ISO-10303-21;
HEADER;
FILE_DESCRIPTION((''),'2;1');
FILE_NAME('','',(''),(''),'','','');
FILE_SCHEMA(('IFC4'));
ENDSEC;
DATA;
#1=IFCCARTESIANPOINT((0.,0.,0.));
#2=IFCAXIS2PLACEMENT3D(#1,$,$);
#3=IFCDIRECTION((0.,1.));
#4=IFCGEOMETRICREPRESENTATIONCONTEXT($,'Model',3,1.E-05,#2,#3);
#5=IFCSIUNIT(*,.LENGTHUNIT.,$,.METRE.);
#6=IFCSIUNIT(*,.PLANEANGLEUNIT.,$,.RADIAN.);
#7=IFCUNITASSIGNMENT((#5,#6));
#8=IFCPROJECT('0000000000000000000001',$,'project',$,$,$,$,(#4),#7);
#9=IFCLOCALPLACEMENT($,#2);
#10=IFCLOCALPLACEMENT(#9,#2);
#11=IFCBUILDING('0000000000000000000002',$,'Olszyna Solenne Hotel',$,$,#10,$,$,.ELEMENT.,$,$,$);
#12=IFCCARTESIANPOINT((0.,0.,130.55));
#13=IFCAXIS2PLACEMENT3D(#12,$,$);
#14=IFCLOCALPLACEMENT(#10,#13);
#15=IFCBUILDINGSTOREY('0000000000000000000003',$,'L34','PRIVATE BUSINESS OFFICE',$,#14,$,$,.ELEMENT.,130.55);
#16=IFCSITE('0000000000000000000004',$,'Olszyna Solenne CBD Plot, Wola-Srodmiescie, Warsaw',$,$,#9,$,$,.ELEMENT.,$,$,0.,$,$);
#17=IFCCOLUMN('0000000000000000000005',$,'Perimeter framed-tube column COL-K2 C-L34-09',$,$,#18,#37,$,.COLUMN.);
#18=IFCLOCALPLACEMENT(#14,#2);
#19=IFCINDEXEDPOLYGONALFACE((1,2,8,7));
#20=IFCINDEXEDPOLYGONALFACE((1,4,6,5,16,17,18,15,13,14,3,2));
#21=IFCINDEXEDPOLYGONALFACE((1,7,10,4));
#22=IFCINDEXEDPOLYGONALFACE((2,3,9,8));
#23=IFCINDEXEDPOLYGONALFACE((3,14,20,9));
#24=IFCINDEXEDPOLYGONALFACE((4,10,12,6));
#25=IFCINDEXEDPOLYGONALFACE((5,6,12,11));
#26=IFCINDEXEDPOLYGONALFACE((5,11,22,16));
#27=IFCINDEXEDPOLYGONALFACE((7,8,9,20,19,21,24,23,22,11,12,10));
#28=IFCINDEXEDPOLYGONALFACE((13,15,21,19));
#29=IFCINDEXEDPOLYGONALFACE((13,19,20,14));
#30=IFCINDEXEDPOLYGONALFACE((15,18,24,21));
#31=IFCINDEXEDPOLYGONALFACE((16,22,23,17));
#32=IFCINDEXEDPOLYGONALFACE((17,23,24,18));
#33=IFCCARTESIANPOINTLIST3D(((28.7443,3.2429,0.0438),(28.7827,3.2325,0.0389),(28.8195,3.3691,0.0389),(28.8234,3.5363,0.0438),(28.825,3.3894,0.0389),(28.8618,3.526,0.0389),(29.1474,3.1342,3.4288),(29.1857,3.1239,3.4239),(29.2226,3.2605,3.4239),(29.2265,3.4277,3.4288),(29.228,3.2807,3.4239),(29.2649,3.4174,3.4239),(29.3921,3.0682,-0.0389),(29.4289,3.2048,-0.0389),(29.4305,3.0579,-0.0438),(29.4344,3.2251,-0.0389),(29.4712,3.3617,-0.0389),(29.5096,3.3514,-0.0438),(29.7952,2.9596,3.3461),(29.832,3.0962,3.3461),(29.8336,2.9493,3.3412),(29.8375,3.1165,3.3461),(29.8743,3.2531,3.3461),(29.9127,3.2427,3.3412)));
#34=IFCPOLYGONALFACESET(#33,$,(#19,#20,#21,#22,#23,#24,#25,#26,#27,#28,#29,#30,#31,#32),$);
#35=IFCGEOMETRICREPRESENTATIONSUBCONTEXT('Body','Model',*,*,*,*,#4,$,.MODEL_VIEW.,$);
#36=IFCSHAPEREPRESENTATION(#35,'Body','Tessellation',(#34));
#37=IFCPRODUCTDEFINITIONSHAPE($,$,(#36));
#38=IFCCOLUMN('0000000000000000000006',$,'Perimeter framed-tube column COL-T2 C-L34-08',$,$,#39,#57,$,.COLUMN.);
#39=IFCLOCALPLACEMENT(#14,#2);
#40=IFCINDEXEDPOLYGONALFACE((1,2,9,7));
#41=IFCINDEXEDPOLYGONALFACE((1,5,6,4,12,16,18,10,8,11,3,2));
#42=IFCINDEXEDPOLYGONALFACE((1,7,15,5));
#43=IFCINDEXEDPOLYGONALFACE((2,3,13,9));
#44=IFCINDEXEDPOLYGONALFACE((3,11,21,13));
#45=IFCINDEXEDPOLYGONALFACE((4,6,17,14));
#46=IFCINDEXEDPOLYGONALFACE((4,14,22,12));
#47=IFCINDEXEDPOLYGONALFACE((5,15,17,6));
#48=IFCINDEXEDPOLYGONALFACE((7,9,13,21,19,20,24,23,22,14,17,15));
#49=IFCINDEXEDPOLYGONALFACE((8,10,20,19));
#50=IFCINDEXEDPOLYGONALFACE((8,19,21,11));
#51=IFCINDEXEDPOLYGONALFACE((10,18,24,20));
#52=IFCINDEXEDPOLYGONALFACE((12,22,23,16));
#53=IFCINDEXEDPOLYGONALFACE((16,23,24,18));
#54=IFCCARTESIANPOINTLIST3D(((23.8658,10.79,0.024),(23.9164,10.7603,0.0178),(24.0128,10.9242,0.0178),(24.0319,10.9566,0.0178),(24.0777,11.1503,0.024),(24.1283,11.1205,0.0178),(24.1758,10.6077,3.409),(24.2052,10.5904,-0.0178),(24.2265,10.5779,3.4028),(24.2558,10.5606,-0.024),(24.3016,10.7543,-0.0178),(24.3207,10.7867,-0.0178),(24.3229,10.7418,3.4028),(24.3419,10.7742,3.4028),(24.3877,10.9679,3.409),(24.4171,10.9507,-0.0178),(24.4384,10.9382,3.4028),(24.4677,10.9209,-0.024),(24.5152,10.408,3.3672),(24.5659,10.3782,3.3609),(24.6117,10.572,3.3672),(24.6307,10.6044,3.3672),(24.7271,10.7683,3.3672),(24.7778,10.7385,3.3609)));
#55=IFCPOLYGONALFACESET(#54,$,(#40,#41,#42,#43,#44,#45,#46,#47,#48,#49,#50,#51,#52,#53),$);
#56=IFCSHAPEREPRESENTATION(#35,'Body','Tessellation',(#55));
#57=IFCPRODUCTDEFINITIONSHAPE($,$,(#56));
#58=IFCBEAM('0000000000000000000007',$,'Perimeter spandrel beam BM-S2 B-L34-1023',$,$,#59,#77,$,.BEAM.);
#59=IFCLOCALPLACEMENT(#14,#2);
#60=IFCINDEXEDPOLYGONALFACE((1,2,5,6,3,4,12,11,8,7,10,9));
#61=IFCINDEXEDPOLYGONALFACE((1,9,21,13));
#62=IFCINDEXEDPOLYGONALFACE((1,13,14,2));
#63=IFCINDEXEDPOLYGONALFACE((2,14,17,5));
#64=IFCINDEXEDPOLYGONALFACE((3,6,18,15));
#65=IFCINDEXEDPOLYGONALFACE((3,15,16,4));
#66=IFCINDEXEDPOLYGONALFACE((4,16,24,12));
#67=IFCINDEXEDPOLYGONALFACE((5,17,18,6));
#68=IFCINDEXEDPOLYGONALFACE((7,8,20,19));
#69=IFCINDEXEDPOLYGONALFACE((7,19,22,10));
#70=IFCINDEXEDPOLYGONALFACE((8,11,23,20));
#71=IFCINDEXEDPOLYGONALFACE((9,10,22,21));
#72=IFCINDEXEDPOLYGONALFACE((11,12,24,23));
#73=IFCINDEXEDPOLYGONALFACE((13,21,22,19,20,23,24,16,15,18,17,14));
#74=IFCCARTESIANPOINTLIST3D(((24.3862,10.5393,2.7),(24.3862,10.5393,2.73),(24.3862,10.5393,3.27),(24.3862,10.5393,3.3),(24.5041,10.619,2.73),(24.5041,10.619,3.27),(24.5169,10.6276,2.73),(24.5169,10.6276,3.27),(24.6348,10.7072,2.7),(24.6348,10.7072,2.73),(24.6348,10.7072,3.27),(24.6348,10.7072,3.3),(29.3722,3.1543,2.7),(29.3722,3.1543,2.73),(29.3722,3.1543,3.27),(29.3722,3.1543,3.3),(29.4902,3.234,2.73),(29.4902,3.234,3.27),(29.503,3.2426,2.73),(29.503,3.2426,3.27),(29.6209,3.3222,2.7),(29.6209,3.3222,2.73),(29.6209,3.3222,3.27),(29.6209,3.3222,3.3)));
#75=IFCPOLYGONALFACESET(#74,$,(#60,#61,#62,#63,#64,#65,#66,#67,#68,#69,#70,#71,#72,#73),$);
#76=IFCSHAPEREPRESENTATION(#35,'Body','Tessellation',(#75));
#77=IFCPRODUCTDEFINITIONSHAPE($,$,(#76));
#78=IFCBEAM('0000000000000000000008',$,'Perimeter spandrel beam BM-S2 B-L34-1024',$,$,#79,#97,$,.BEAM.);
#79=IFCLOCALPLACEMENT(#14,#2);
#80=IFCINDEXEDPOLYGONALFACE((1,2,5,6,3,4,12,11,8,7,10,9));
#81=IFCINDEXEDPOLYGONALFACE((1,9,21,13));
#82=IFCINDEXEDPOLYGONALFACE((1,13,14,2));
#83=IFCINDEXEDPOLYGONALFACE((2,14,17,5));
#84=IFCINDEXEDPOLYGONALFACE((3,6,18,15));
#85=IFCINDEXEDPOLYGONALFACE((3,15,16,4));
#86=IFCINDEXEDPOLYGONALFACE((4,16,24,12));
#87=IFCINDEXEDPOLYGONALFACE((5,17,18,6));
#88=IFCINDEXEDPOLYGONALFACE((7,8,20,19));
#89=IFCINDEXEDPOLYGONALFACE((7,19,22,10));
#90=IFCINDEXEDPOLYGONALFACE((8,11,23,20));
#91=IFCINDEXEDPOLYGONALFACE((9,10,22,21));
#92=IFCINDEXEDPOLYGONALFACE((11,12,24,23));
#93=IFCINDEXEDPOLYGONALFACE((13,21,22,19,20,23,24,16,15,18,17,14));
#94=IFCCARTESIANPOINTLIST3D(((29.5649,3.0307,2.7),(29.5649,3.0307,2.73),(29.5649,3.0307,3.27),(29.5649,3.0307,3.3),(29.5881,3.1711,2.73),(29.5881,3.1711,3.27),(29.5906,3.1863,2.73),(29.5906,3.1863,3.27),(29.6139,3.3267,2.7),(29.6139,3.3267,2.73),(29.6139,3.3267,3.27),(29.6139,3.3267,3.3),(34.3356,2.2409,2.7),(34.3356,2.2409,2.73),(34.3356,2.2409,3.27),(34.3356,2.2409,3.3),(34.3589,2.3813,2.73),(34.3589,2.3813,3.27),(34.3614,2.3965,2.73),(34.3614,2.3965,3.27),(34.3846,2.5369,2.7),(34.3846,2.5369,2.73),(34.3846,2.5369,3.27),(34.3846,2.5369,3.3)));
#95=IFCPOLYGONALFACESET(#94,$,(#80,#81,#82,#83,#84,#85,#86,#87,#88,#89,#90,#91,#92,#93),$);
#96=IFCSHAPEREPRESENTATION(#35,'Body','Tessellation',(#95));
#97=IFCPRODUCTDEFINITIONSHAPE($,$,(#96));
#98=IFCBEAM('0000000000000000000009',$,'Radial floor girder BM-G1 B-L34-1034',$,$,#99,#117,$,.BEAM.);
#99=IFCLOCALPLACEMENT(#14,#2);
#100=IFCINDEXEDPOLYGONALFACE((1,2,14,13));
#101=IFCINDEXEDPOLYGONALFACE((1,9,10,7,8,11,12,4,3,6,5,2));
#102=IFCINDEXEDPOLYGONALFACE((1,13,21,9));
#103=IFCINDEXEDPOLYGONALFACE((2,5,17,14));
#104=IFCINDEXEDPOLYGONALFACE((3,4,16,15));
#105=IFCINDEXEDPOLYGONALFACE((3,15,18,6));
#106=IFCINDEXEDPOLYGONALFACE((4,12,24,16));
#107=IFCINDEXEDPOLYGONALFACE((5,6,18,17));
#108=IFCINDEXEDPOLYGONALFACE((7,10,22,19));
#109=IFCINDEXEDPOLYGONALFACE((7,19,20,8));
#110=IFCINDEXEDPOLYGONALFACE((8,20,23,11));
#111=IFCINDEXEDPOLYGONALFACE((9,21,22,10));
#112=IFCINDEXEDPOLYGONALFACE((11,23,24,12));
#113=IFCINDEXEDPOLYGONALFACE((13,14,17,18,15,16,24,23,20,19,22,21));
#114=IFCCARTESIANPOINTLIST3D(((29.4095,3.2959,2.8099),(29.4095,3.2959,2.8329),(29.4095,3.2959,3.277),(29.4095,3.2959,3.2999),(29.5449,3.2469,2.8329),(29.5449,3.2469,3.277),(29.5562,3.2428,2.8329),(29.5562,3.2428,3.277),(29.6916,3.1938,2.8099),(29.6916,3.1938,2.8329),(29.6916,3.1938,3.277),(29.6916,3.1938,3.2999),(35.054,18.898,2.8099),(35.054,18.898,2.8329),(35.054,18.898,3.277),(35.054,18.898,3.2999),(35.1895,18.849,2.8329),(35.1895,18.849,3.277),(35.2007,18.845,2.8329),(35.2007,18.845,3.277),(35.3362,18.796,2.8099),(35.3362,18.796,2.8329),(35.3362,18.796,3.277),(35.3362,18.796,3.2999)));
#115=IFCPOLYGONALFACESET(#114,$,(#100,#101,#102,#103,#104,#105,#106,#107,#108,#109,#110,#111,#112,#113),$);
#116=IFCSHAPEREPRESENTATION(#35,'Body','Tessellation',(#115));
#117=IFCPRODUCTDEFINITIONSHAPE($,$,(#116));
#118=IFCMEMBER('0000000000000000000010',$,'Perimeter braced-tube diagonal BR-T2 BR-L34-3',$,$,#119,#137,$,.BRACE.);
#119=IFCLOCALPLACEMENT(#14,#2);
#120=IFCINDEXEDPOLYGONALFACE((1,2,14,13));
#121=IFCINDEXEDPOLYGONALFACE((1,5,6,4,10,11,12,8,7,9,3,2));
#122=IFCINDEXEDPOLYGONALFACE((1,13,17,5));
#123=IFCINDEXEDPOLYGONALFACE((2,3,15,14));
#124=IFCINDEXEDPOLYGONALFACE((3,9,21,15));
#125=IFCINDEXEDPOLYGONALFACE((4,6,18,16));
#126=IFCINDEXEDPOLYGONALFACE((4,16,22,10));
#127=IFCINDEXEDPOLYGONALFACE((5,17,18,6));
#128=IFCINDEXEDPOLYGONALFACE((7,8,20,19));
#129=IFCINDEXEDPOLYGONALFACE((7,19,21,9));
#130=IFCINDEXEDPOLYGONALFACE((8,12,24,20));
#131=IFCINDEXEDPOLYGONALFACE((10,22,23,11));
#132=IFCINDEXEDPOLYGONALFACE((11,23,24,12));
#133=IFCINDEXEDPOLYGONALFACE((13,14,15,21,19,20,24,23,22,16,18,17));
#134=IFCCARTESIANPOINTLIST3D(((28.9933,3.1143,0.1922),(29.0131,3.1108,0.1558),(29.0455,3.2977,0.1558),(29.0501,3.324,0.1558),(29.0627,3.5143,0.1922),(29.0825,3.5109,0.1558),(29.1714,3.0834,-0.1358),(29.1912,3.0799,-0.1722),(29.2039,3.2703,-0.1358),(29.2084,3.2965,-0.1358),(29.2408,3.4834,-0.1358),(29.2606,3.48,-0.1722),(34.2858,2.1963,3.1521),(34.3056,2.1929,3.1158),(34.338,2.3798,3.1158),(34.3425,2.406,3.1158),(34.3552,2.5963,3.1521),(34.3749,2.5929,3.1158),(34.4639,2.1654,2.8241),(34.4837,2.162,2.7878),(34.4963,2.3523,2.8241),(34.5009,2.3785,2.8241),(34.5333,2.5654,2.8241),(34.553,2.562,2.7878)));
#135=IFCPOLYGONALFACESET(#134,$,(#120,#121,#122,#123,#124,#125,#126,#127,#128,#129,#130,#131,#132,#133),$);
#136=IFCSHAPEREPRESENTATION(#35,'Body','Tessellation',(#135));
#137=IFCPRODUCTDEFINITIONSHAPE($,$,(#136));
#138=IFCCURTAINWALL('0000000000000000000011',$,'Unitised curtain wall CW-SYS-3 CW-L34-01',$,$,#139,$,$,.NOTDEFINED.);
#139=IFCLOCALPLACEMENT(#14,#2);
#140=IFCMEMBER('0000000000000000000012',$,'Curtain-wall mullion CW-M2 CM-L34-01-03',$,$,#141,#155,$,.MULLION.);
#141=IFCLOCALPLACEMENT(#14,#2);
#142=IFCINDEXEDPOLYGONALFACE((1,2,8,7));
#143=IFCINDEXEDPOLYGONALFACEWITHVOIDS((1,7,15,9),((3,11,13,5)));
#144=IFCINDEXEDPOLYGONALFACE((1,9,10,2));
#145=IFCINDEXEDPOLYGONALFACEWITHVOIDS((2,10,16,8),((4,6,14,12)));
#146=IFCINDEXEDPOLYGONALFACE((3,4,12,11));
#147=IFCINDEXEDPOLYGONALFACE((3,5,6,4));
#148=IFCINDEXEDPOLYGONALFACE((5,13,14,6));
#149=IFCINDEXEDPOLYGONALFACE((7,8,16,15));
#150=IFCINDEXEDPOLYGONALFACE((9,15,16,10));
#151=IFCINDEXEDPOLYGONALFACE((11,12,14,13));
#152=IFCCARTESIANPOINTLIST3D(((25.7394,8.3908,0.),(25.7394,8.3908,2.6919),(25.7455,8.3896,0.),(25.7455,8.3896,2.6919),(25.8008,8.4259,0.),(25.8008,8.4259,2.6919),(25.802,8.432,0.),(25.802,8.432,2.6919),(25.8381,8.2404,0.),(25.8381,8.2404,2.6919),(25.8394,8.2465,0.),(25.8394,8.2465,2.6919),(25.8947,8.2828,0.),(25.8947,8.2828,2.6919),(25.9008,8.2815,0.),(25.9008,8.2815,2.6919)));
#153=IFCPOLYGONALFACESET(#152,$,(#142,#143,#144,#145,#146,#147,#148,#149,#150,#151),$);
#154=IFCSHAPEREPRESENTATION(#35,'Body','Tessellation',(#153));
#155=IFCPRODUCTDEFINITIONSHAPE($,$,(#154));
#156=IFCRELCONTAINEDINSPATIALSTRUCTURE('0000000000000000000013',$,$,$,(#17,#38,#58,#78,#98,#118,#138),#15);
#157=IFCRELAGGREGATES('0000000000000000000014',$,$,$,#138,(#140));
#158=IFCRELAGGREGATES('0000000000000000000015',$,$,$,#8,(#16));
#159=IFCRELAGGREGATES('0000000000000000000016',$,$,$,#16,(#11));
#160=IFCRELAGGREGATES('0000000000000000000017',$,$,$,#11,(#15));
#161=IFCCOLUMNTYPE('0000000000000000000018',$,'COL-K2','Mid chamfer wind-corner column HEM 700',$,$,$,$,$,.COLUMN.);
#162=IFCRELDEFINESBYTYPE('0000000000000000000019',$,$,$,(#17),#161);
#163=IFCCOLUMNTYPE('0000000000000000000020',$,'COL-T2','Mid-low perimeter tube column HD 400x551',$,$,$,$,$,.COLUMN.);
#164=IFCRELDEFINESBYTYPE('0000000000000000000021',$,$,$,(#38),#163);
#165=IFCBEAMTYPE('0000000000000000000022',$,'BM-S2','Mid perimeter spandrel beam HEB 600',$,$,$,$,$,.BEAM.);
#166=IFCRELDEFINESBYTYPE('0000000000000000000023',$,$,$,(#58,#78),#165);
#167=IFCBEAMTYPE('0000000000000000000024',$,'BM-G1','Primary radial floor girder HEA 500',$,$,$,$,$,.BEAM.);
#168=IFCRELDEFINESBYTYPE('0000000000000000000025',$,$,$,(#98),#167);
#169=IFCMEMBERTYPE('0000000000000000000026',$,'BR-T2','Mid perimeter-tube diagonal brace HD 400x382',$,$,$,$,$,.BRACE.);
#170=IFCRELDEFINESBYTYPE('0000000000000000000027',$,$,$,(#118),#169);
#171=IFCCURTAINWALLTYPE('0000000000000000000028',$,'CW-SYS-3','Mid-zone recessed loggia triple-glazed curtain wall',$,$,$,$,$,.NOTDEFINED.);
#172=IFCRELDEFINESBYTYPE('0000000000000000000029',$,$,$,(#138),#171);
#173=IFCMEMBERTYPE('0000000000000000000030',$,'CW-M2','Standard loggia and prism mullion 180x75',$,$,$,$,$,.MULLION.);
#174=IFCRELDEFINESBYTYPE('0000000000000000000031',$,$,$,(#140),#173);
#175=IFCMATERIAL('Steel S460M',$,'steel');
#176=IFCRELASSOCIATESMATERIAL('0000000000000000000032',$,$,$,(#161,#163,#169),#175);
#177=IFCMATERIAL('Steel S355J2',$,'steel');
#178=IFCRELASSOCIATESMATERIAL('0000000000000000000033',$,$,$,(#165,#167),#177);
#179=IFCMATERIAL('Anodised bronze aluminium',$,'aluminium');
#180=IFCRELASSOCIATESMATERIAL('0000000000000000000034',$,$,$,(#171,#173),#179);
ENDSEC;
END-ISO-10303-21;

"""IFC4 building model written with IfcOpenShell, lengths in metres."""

from ifc_helpers import new_model, si_unit, direction, frame, origin, origin_2d, place, context, subcontext, project, spatial, hollow_rectangle, i_section, extrude, source, transform, mapped, material, material_profile, profile_set, type_object, element, aggregate, save


model = new_model("IFC4")

# Units and contexts
model_context = context("Model", 3, precision=1e-05, world=origin(), true_north=direction((0.0, 1.0)))
body_context = subcontext(model_context, "Body", "Model", "MODEL_VIEW")
ifc_project = project(units=[si_unit("LENGTHUNIT", "METRE"), si_unit("PLANEANGLEUNIT", "RADIAN")], contexts=[model_context])

# Site, building, storey
site_placement = place(None, origin())
site = spatial("IfcSite", under=ifc_project, at=site_placement, Name="Olszyna Solenne CBD Plot, Wola-Srodmiescie, Warsaw", CompositionType="ELEMENT", RefElevation=0.0)
building_placement = place(site_placement, origin())
building = spatial("IfcBuilding", under=site, at=building_placement, Name="Olszyna Solenne Hotel", CompositionType="ELEMENT")
storey_placement = place(building_placement, frame((0.0, 0.0, 130.55)))
storey = spatial("IfcBuildingStorey", under=building, at=storey_placement, Name="L34", Description="PRIVATE BUSINESS OFFICE", CompositionType="ELEMENT", Elevation=130.55)

# Columns
ifc_material_1 = material(Name="Steel S460M", Category="steel")
ifc_material_profile_1 = material_profile(ifc_material_1, i_section(OverallWidth=0.304, OverallDepth=0.7161, WebThickness=0.021, FlangeThickness=0.04, at=origin_2d()), Name="HEM 700", Category="load-bearing")
ifc_profile_set_1 = profile_set([ifc_material_profile_1], Name="Steel S460M")
column_type_1 = type_object("IfcColumnType", Name="COL-K2", Description="Mid chamfer wind-corner column HEM 700", PredefinedType="COLUMN", material=ifc_profile_set_1)
shared_shape_1 = source(origin(), body_context, "Body", "SweptSolid", [
    extrude(i_section(OverallWidth=0.304, OverallDepth=0.7161, WebThickness=0.021, FlangeThickness=0.04, at=origin_2d()), origin(), (0.0, 0.0, 1.0), 3.4106),
])
column_1_placement = place(storey_placement, frame((29.127, 3.2971, 0.0), z_axis=(0.118181, -0.031854, 0.992481), x_axis=(0.260246, 0.965542, 0.0)))
element("IfcColumn", 1, at=column_1_placement, inside=storey, type_object=column_type_1, Name="Perimeter framed-tube column COL-K2 C-L34-09", PredefinedType="COLUMN", context=body_context, shape_type="MappedRepresentation", body=[
    mapped(shared_shape_1, transform((0.0, 0.0, 0.0), x_axis=(1.0, 0.0, 0.0), y_axis=(0.0, 1.0, 0.0), z_axis=(0.0, 0.0, 1.0), scale=1.0)),
])
ifc_material_profile_2 = material_profile(ifc_material_1, i_section(OverallWidth=0.418, OverallDepth=0.4551, WebThickness=0.0376, FlangeThickness=0.0591, at=origin_2d()), Name="HD 400x551", Category="load-bearing")
ifc_profile_set_2 = profile_set([ifc_material_profile_2], Name="Steel S460M")
column_type_2 = type_object("IfcColumnType", Name="COL-T2", Description="Mid-low perimeter tube column HD 400x551", PredefinedType="COLUMN", material=ifc_profile_set_2)
shared_shape_2 = source(origin(), body_context, "Body", "SweptSolid", [
    extrude(i_section(OverallWidth=0.418, OverallDepth=0.4551, WebThickness=0.0376, FlangeThickness=0.0591, at=origin_2d()), origin(), (0.0, 0.0, 1.0), 3.4041),
])
column_2_placement = place(storey_placement, frame((24.1667, 10.8555, 0.0), z_axis=(0.091085, -0.053575, 0.994401), x_axis=(0.50699, 0.861952, 0.0)))
element("IfcColumn", 2, at=column_2_placement, inside=storey, type_object=column_type_2, Name="Perimeter framed-tube column COL-T2 C-L34-08", PredefinedType="COLUMN", context=body_context, shape_type="MappedRepresentation", body=[
    mapped(shared_shape_2, transform((0.0, 0.0, 0.0), x_axis=(1.0, 0.0, 0.0), y_axis=(0.0, 1.0, 0.0), z_axis=(0.0, 0.0, 1.0), scale=1.0)),
])

# Beams
ifc_material_2 = material(Name="Steel S355J2", Category="steel")
ifc_material_profile_3 = material_profile(ifc_material_2, i_section(OverallWidth=0.3, OverallDepth=0.6001, WebThickness=0.0154, FlangeThickness=0.03, at=origin_2d()), Name="HEB 600", Category="load-bearing")
ifc_profile_set_3 = profile_set([ifc_material_profile_3], Name="Steel S355J2")
beam_type_1 = type_object("IfcBeamType", Name="BM-S2", Description="Mid perimeter spandrel beam HEB 600", PredefinedType="BEAM", material=ifc_profile_set_3)
shared_shape_3 = source(origin(), body_context, "Body", "SweptSolid", [
    extrude(i_section(OverallWidth=0.3, OverallDepth=0.6001, WebThickness=0.0154, FlangeThickness=0.03, at=origin_2d()), origin(), (0.0, 0.0, 1.0), 8.9106),
])
beam_1_placement = place(storey_placement, frame((24.5105, 10.6233, 3.0), z_axis=(0.559566, -0.828786, 0.0), x_axis=(0.828786, 0.559566, 0.0)))
element("IfcBeam", 3, at=beam_1_placement, inside=storey, type_object=beam_type_1, Name="Perimeter spandrel beam BM-S2 B-L34-1023", PredefinedType="BEAM", context=body_context, shape_type="MappedRepresentation", body=[
    mapped(shared_shape_3, transform((0.0, 0.0, 0.0), x_axis=(1.0, 0.0, 0.0), y_axis=(0.0, 1.0, 0.0), z_axis=(0.0, 0.0, 1.0), scale=1.0)),
])
shared_shape_4 = source(origin(), body_context, "Body", "SweptSolid", [
    extrude(i_section(OverallWidth=0.3, OverallDepth=0.6001, WebThickness=0.0154, FlangeThickness=0.03, at=origin_2d()), origin(), (0.0, 0.0, 1.0), 4.8357),
])
beam_2_placement = place(storey_placement, frame((29.5894, 3.1787, 3.0), z_axis=(0.986572, -0.163326, 0.0), x_axis=(0.163326, 0.986572, 0.0)))
element("IfcBeam", 4, at=beam_2_placement, inside=storey, type_object=beam_type_1, Name="Perimeter spandrel beam BM-S2 B-L34-1024", PredefinedType="BEAM", context=body_context, shape_type="MappedRepresentation", body=[
    mapped(shared_shape_4, transform((0.0, 0.0, 0.0), x_axis=(1.0, 0.0, 0.0), y_axis=(0.0, 1.0, 0.0), z_axis=(0.0, 0.0, 1.0), scale=1.0)),
])
ifc_material_profile_4 = material_profile(ifc_material_2, i_section(OverallWidth=0.3, OverallDepth=0.49, WebThickness=0.012, FlangeThickness=0.0229, at=origin_2d()), Name="HEA 500", Category="load-bearing")
ifc_profile_set_4 = profile_set([ifc_material_profile_4], Name="Steel S355J2")
beam_type_2 = type_object("IfcBeamType", Name="BM-G1", Description="Primary radial floor girder HEA 500", PredefinedType="BEAM", material=ifc_profile_set_4)
shared_shape_5 = source(origin(), body_context, "Body", "SweptSolid", [
    extrude(i_section(OverallWidth=0.3, OverallDepth=0.49, WebThickness=0.012, FlangeThickness=0.0229, at=origin_2d()), origin(), (0.0, 0.0, 1.0), 16.5918),
])
beam_3_placement = place(storey_placement, frame((29.5505, 3.2449, 3.0549), z_axis=(0.340202, 0.940352, 0.0), x_axis=(-0.940352, 0.340202, 0.0)))
element("IfcBeam", 5, at=beam_3_placement, inside=storey, type_object=beam_type_2, Name="Radial floor girder BM-G1 B-L34-1034", PredefinedType="BEAM", context=body_context, shape_type="MappedRepresentation", body=[
    mapped(shared_shape_5, transform((0.0, 0.0, 0.0), x_axis=(1.0, 0.0, 0.0), y_axis=(0.0, 1.0, 0.0), z_axis=(0.0, 0.0, 1.0), scale=1.0)),
])

# Member
ifc_material_profile_5 = material_profile(ifc_material_1, i_section(OverallWidth=0.406, OverallDepth=0.416, WebThickness=0.0266, FlangeThickness=0.0415, at=origin_2d()), Name="HD 400x382", Category="load-bearing")
ifc_profile_set_5 = profile_set([ifc_material_profile_5], Name="Steel S460M")
member_type_1 = type_object("IfcMemberType", Name="BR-T2", Description="Mid perimeter-tube diagonal brace HD 400x382", PredefinedType="BRACE", material=ifc_profile_set_5)
shared_shape_6 = source(origin(), body_context, "Body", "SweptSolid", [
    extrude(i_section(OverallWidth=0.406, OverallDepth=0.416, WebThickness=0.0266, FlangeThickness=0.0415, at=origin_2d()), origin(), (0.0, 0.0, 1.0), 6.1331),
])
member_1_placement = place(storey_placement, frame((29.127, 3.2971, 0.01), z_axis=(0.862943, -0.149676, 0.482624), x_axis=(0.170896, 0.985289, 0.0)))
element("IfcMember", 6, at=member_1_placement, inside=storey, type_object=member_type_1, Name="Perimeter braced-tube diagonal BR-T2 BR-L34-3", PredefinedType="BRACE", context=body_context, shape_type="MappedRepresentation", body=[
    mapped(shared_shape_6, transform((0.0, 0.0, 0.0), x_axis=(1.0, 0.0, 0.0), y_axis=(0.0, 1.0, 0.0), z_axis=(0.0, 0.0, 1.0), scale=1.0)),
])

# Curtain wall, member
ifc_material_3 = material(Name="Anodised bronze aluminium", Category="aluminium")
curtain_wall_type = type_object("IfcCurtainWallType", Name="CW-SYS-3", Description="Mid-zone recessed loggia triple-glazed curtain wall", PredefinedType="NOTDEFINED", material=ifc_material_3)
curtain_wall_placement = place(storey_placement, origin())
curtain_wall = element("IfcCurtainWall", 7, at=curtain_wall_placement, inside=storey, type_object=curtain_wall_type, Name="Unitised curtain wall CW-SYS-3 CW-L34-01", PredefinedType="NOTDEFINED")
ifc_material_profile_6 = material_profile(ifc_material_3, hollow_rectangle(XDim=0.075, YDim=0.1799, WallThickness=0.0044, at=origin_2d()), Name="MULL 180x75x4.5", Category="load-bearing")
ifc_profile_set_6 = profile_set([ifc_material_profile_6], Name="Anodised bronze aluminium")
member_type_2 = type_object("IfcMemberType", Name="CW-M2", Description="Standard loggia and prism mullion 180x75", PredefinedType="MULLION", material=ifc_profile_set_6)
shared_shape_7 = source(origin(), body_context, "Body", "SweptSolid", [
    extrude(hollow_rectangle(XDim=0.075, YDim=0.1799, WallThickness=0.0044, at=origin_2d()), origin(), (0.0, 0.0, 1.0), 2.6919),
])
member_2_placement = place(storey_placement, frame((25.8201, 8.3362, 0.0), z_axis=(0.0, 0.0, 1.0), x_axis=(0.83604, 0.548669, 0.0)))
member_2 = element("IfcMember", 8, at=member_2_placement, type_object=member_type_2, Name="Curtain-wall mullion CW-M2 CM-L34-01-03", PredefinedType="MULLION", context=body_context, shape_type="MappedRepresentation", body=[
    mapped(shared_shape_7, transform((0.0, 0.0, 0.0), x_axis=(1.0, 0.0, 0.0), y_axis=(0.0, 1.0, 0.0), z_axis=(0.0, 0.0, 1.0), scale=1.0)),
])

aggregate(curtain_wall, [member_2])

save(model, "model.ifc")
